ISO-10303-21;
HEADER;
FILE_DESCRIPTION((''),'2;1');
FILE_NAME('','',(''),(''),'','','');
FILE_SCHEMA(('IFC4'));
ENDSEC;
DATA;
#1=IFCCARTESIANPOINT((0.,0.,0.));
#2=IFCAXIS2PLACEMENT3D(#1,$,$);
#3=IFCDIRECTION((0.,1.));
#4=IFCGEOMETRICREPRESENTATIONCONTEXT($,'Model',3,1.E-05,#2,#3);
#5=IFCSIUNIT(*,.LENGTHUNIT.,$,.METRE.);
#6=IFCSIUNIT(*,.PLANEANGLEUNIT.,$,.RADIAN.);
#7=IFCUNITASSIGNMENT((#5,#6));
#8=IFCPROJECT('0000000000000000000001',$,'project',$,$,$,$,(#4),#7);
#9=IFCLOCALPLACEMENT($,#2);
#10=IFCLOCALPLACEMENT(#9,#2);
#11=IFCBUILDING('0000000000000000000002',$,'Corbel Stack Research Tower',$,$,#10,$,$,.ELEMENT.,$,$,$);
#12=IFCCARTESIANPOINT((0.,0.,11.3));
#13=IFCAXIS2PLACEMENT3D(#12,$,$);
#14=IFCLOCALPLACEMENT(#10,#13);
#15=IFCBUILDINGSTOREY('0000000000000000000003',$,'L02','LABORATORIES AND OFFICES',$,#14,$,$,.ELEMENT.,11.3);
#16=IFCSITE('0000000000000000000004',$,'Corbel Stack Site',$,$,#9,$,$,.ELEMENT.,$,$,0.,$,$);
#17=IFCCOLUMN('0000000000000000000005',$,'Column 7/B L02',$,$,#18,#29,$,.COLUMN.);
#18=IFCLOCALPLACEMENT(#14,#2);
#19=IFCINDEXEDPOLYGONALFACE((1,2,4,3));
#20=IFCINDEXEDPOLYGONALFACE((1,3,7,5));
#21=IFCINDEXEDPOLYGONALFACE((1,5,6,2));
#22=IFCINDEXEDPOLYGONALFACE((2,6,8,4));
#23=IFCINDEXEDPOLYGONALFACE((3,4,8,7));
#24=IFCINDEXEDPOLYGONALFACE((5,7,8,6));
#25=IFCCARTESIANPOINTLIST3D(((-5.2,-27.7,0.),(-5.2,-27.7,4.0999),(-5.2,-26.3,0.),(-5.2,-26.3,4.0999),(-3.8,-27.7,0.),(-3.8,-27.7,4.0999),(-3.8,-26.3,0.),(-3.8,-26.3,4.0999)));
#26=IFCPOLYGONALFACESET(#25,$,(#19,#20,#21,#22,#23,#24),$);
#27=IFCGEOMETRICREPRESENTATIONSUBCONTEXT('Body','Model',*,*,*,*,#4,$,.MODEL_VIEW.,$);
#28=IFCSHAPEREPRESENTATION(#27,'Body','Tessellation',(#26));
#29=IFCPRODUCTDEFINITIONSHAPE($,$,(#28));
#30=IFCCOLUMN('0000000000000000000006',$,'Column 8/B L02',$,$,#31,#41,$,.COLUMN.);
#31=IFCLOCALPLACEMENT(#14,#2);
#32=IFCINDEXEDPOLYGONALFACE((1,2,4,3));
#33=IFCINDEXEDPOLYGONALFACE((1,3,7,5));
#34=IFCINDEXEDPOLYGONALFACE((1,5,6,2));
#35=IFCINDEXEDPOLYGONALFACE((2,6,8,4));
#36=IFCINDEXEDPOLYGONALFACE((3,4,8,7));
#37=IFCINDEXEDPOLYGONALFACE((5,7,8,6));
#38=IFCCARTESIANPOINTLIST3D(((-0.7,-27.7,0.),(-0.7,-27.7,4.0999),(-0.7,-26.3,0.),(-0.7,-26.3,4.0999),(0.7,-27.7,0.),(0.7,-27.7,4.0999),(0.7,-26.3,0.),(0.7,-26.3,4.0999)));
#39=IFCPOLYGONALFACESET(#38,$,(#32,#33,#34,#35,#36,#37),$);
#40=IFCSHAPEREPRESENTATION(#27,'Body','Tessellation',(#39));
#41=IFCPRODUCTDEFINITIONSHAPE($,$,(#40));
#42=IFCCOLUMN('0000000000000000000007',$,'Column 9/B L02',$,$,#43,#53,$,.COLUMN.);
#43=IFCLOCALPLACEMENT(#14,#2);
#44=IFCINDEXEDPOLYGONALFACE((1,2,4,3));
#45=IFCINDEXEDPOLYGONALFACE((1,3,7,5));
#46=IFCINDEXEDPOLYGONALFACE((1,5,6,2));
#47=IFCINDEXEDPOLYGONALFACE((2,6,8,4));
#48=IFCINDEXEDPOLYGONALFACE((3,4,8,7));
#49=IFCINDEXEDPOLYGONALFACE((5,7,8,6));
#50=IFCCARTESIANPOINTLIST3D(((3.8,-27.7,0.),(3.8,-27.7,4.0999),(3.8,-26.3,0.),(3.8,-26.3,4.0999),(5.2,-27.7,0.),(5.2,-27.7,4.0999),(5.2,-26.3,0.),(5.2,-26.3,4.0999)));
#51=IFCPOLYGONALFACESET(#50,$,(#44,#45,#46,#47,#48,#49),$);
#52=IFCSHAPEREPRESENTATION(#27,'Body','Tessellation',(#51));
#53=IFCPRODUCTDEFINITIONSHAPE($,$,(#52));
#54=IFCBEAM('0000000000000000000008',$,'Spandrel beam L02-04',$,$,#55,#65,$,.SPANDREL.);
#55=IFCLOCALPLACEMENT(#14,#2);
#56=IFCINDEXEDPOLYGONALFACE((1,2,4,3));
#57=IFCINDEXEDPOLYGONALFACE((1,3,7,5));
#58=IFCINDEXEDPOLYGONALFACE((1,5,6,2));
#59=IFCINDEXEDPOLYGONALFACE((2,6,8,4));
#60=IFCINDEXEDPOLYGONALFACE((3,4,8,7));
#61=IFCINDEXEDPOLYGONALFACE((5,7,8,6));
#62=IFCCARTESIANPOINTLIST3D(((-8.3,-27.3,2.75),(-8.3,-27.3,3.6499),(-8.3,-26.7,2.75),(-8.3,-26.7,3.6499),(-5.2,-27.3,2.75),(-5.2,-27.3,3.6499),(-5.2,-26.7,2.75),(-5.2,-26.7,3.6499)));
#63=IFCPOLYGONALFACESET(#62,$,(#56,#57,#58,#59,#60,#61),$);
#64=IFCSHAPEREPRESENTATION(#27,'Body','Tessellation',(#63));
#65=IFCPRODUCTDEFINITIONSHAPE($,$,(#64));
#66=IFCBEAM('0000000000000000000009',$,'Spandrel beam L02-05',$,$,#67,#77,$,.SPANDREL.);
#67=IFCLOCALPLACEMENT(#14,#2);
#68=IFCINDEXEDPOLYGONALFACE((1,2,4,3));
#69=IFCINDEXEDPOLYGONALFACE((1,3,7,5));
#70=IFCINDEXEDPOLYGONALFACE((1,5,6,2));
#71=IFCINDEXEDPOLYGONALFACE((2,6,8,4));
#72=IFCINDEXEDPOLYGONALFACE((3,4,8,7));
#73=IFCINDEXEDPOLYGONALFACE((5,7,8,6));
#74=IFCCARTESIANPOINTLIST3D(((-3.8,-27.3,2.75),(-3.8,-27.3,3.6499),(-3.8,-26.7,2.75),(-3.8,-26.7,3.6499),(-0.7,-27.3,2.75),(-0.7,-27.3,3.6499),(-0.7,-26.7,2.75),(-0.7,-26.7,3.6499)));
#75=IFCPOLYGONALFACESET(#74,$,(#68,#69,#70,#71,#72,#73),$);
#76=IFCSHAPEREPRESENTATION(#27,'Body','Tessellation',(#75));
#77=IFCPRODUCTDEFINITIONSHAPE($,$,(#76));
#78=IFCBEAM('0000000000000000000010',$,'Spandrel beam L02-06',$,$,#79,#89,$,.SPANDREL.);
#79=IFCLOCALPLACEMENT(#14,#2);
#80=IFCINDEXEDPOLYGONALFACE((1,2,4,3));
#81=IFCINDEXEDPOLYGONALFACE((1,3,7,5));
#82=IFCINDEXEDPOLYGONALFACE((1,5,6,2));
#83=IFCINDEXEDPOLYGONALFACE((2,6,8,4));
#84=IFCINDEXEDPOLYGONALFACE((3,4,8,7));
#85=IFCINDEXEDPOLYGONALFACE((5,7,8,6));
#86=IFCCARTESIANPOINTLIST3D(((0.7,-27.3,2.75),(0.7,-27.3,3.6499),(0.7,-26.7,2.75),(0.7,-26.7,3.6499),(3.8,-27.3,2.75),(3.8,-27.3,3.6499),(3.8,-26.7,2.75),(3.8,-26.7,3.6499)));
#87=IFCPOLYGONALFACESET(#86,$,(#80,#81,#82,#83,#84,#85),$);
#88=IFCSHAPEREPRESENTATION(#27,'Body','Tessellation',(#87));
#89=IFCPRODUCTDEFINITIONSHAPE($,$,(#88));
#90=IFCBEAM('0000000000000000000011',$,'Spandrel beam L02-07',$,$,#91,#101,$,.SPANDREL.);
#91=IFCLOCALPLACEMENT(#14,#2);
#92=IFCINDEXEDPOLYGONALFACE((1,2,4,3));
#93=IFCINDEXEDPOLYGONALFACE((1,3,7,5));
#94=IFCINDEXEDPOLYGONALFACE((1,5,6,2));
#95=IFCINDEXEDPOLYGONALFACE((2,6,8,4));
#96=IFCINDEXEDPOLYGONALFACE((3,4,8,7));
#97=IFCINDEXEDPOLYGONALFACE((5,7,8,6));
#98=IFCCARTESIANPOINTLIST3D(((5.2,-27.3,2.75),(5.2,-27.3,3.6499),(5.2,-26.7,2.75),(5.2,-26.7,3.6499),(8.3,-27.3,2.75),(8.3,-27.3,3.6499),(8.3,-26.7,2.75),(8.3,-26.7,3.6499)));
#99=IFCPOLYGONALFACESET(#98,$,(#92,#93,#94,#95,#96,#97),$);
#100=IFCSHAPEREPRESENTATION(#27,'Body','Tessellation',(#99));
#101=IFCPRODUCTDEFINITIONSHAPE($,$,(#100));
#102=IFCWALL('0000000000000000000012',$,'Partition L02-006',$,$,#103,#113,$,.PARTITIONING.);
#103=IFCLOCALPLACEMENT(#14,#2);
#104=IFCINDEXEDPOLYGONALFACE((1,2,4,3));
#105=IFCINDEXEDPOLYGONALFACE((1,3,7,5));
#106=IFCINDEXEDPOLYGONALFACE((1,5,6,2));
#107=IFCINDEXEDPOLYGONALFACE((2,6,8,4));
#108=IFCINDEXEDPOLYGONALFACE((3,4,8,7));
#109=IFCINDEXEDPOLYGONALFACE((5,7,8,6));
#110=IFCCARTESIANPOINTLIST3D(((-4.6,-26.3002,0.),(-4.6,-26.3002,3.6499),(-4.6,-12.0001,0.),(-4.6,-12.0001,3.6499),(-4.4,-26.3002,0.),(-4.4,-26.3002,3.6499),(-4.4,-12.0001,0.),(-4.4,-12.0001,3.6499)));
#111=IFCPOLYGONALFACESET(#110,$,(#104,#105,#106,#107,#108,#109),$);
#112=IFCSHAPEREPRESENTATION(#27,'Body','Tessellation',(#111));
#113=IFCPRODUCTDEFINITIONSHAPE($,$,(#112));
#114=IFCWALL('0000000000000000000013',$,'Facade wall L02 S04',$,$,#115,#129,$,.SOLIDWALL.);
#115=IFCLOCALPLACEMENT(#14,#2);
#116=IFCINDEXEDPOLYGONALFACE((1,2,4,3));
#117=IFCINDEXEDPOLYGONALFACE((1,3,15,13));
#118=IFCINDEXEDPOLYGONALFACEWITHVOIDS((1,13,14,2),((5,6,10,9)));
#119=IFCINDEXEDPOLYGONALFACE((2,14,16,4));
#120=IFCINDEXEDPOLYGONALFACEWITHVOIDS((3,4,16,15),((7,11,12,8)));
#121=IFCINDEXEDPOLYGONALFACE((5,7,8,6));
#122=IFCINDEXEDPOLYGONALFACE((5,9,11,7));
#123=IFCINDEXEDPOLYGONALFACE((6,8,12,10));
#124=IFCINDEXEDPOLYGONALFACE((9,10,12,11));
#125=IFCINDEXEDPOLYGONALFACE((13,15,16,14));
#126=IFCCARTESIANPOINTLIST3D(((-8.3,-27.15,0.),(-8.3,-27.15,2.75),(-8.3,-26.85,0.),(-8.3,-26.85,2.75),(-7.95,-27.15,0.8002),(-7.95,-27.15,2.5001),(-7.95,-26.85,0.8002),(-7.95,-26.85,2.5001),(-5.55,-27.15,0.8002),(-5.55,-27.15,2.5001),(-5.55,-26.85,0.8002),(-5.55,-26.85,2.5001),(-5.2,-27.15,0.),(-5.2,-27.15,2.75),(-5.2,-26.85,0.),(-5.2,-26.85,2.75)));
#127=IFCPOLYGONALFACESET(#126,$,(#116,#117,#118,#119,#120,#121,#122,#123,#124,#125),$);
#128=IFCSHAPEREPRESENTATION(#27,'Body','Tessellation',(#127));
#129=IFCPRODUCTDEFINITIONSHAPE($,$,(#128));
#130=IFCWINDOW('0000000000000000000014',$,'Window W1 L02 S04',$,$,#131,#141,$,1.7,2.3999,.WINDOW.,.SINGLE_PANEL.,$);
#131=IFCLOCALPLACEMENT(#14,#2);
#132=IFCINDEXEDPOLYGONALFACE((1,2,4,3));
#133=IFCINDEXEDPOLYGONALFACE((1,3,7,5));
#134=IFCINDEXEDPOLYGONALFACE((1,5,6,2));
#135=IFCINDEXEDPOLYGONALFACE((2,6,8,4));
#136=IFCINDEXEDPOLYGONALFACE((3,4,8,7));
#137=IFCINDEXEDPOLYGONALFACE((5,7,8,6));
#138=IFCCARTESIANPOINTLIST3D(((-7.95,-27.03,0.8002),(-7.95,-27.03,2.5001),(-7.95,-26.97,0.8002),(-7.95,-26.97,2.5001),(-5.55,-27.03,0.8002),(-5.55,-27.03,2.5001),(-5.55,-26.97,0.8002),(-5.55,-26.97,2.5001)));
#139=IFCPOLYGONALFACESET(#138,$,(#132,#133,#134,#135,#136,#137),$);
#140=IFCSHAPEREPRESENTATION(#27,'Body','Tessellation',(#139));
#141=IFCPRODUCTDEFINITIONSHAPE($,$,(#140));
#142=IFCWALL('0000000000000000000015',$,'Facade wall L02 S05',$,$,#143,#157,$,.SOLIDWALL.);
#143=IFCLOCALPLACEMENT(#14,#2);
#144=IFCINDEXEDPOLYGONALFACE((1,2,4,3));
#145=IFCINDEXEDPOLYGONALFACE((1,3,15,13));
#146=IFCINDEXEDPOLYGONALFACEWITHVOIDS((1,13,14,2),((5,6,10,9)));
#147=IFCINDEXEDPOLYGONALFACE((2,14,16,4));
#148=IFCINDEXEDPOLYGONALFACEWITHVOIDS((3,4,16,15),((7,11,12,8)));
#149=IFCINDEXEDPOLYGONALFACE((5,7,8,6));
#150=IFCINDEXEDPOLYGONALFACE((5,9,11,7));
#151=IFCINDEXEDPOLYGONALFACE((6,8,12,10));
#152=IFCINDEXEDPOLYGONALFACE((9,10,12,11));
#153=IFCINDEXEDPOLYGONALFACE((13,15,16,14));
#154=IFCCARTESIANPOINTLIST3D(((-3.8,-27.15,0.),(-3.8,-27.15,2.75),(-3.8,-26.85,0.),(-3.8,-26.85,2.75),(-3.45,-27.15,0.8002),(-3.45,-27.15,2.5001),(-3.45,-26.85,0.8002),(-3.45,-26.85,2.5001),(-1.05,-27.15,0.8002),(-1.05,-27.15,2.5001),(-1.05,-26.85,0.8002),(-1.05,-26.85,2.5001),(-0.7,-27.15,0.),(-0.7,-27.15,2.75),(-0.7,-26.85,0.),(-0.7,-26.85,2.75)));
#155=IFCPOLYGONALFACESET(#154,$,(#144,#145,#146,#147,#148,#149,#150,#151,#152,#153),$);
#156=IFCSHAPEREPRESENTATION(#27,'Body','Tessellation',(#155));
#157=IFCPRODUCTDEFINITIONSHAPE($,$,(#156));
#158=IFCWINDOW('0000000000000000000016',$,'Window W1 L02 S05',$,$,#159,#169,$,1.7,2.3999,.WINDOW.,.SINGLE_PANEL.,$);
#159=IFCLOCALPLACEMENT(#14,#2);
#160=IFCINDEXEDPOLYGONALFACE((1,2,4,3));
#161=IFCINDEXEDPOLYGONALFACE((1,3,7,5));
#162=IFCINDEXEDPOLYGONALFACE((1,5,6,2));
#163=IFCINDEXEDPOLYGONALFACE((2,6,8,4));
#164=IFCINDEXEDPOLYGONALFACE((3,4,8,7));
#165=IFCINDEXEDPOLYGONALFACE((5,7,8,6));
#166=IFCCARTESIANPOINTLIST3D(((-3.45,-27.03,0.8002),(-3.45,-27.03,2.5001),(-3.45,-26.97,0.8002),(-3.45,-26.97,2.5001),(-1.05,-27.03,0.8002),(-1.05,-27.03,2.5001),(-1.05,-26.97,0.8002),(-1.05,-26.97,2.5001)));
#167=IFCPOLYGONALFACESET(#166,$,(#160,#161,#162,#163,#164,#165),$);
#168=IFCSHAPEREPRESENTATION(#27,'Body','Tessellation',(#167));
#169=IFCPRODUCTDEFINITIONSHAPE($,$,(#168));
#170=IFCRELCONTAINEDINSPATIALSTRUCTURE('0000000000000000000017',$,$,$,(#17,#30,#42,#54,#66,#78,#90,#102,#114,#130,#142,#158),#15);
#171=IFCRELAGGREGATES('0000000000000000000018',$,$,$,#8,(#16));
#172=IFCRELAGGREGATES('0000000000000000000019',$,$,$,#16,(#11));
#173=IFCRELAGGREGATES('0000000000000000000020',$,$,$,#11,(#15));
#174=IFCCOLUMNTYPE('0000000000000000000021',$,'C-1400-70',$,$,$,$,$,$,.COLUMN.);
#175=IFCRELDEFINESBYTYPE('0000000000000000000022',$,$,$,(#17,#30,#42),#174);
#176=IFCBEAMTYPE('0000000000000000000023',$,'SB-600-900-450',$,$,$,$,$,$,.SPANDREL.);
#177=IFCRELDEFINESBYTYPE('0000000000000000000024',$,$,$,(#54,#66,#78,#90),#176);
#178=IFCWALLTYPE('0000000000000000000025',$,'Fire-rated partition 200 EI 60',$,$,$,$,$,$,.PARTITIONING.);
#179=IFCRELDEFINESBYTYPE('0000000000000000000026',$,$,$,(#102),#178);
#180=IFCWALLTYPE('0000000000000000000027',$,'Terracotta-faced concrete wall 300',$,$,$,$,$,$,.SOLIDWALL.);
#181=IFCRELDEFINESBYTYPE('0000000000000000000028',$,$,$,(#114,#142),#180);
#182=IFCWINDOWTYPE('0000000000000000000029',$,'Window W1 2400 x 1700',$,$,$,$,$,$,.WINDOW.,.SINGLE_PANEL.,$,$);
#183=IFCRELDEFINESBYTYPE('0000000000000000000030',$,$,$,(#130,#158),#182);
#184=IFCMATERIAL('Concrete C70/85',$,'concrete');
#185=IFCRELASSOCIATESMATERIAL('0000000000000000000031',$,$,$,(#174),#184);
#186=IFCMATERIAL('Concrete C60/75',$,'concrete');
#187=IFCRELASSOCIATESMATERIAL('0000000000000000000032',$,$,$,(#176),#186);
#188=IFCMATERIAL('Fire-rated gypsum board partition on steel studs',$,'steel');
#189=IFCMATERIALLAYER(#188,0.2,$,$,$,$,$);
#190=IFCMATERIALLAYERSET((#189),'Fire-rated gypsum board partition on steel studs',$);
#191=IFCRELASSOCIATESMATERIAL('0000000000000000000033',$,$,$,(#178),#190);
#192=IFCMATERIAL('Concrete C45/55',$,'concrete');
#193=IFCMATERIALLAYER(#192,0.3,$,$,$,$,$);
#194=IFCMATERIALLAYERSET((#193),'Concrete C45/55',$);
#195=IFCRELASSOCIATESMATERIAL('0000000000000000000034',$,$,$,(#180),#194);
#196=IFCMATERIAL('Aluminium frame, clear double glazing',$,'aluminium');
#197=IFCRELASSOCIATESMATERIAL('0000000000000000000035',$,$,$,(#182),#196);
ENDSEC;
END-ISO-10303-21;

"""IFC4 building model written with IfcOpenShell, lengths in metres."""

from ifc_helpers import new_model, si_unit, direction, frame, frame_2d, origin, origin_2d, place, context, subcontext, project, spatial, rectangle, extrude, material, layer, layer_set, material_profile, profile_set, type_object, element, fill, save


model = new_model("IFC4")

# Units and contexts
model_context = context("Model", 3, precision=1e-05, world=origin(), true_north=direction((0.0, 1.0)))
body_context = subcontext(model_context, "Body", "Model", "MODEL_VIEW")
ifc_project = project(units=[si_unit("LENGTHUNIT", "METRE"), si_unit("PLANEANGLEUNIT", "RADIAN")], contexts=[model_context])

# Site, building, storey
site_placement = place(None, origin())
site = spatial("IfcSite", under=ifc_project, at=site_placement, Name="Corbel Stack Site", CompositionType="ELEMENT", RefElevation=0.0)
building_placement = place(site_placement, origin())
building = spatial("IfcBuilding", under=site, at=building_placement, Name="Corbel Stack Research Tower", CompositionType="ELEMENT")
storey_placement = place(building_placement, frame((0.0, 0.0, 11.3)))
storey = spatial("IfcBuildingStorey", under=building, at=storey_placement, Name="L02", Description="LABORATORIES AND OFFICES", CompositionType="ELEMENT", Elevation=11.3)

# Columns
ifc_material_1 = material(Name="Concrete C70/85", Category="concrete")
ifc_material_profile_1 = material_profile(ifc_material_1, rectangle(XDim=1.3999, YDim=1.3999, at=origin_2d()), Name="RC 1400 x 1400")
ifc_profile_set_1 = profile_set([ifc_material_profile_1], Name="Concrete C70/85")
column_type = type_object("IfcColumnType", Name="C-1400-70", PredefinedType="COLUMN", material=ifc_profile_set_1)
for number, where, z_axis, x_axis, name in (
    (1, (-4.5, -27.0, 0.0), (0.0, 0.0, 1.0), (1.0, 0.0, 0.0), "Column 7/B L02"),
    (2, (0.0, -27.0, 0.0), (0.0, 0.0, 1.0), (1.0, 0.0, 0.0), "Column 8/B L02"),
    (3, (4.5, -27.0, 0.0), (0.0, 0.0, 1.0), (1.0, 0.0, 0.0), "Column 9/B L02"),
):
    element("IfcColumn", number, at=place(storey_placement, frame(where, z_axis=z_axis, x_axis=x_axis)), inside=storey, type_object=column_type, Name=name, PredefinedType="COLUMN", context=body_context, shape_type="SweptSolid", body=[
        extrude(rectangle(XDim=1.3999, YDim=1.3999, at=origin_2d()), origin(), (0.0, 0.0, 1.0), 4.0999),
    ])

# Beams
ifc_material_2 = material(Name="Concrete C60/75", Category="concrete")
ifc_material_profile_2 = material_profile(ifc_material_2, rectangle(XDim=0.6001, YDim=0.8999, at=origin_2d()), Name="RC 600 x 900")
ifc_profile_set_2 = profile_set([ifc_material_profile_2], Name="Concrete C60/75")
beam_type = type_object("IfcBeamType", Name="SB-600-900-450", PredefinedType="SPANDREL", material=ifc_profile_set_2)
for number, where, z_axis, x_axis, name in (
    (4, (-8.3, -27.0, 3.2), (1.0, 0.0, 0.0), (0.0, 1.0, 0.0), "Spandrel beam L02-04"),
    (5, (-3.8, -27.0, 3.2), (1.0, 0.0, 0.0), (0.0, 1.0, 0.0), "Spandrel beam L02-05"),
    (6, (0.7, -27.0, 3.2), (1.0, 0.0, 0.0), (0.0, 1.0, 0.0), "Spandrel beam L02-06"),
    (7, (5.2, -27.0, 3.2), (1.0, 0.0, 0.0), (0.0, 1.0, 0.0), "Spandrel beam L02-07"),
):
    element("IfcBeam", number, at=place(storey_placement, frame(where, z_axis=z_axis, x_axis=x_axis)), inside=storey, type_object=beam_type, Name=name, PredefinedType="SPANDREL", context=body_context, shape_type="SweptSolid", body=[
        extrude(rectangle(XDim=0.6001, YDim=0.8999, at=origin_2d()), origin(), (0.0, 0.0, 1.0), 3.1001),
    ])

# Wall
ifc_material_3 = material(Name="Fire-rated gypsum board partition on steel studs", Category="steel")
ifc_layer_1 = layer(ifc_material_3, 0.2)
ifc_layer_set_1 = layer_set([ifc_layer_1], Name="Fire-rated gypsum board partition on steel studs")
wall_type_1 = type_object("IfcWallType", Name="Fire-rated partition 200 EI 60", PredefinedType="PARTITIONING", material=ifc_layer_set_1)
wall_1_placement = place(storey_placement, frame((-4.5, -26.3, 0.0), z_axis=(0.0, 0.0, 1.0), x_axis=(0.0, 1.0, 0.0)))
element("IfcWall", 8, at=wall_1_placement, inside=storey, type_object=wall_type_1, Name="Partition L02-006", PredefinedType="PARTITIONING", context=body_context, shape_type="SweptSolid", body=[
    extrude(rectangle(XDim=14.3, YDim=0.2, at=frame_2d((7.1499, 0.0))), origin(), (0.0, 0.0, 1.0), 3.6499),
])

# Walls, openings, windows
ifc_material_4 = material(Name="Concrete C45/55", Category="concrete")
ifc_layer_2 = layer(ifc_material_4, 0.3)
ifc_layer_set_2 = layer_set([ifc_layer_2], Name="Concrete C45/55")
wall_type_2 = type_object("IfcWallType", Name="Terracotta-faced concrete wall 300", PredefinedType="SOLIDWALL", material=ifc_layer_set_2)
wall_2_placement = place(storey_placement, frame((-5.2, -27.0, 0.0), z_axis=(0.0, 0.0, 1.0), x_axis=(-1.0, 0.0, 0.0)))
wall_2 = element("IfcWall", 9, at=wall_2_placement, inside=storey, type_object=wall_type_2, Name="Facade wall L02 S04", PredefinedType="SOLIDWALL", context=body_context, shape_type="SweptSolid", body=[
    extrude(rectangle(XDim=3.1001, YDim=0.3, at=frame_2d((1.55, 0.0))), origin(), (0.0, 0.0, 1.0), 2.75),
])
opening_1_placement = place(wall_2_placement, frame((0.3501, 0.0, 0.8)))
opening_1 = element("IfcOpeningElement", 10, at=opening_1_placement, cuts=wall_2, PredefinedType="OPENING", context=body_context, shape_type="SweptSolid", body=[
    extrude(rectangle(XDim=2.3999, YDim=1.7, at=frame_2d((1.2, 0.8501))), frame((0.0, 0.1599, 0.0), z_axis=(0.0, -1.0, 0.0), x_axis=(1.0, 0.0, 0.0)), (0.0, 0.0, 1.0), 0.3201),
])
ifc_material_5 = material(Name="Aluminium frame, clear double glazing", Category="aluminium")
window_type = type_object("IfcWindowType", Name="Window W1 2400 x 1700", PartitioningType="SINGLE_PANEL", PredefinedType="WINDOW", material=ifc_material_5)
window_1_placement = place(opening_1_placement, origin())
window_1 = element("IfcWindow", 11, at=window_1_placement, inside=storey, type_object=window_type, Name="Window W1 L02 S04", OverallHeight=1.7, OverallWidth=2.3999, PartitioningType="SINGLE_PANEL", PredefinedType="WINDOW", context=body_context, shape_type="SweptSolid", body=[
    extrude(rectangle(XDim=2.3999, YDim=1.7, at=frame_2d((1.2, 0.8501))), frame((0.0, 0.03, 0.0), z_axis=(0.0, -1.0, 0.0), x_axis=(1.0, 0.0, 0.0)), (0.0, 0.0, 1.0), 0.0601),
])
fill(opening_1, window_1)
wall_3_placement = place(storey_placement, frame((-0.7, -27.0, 0.0), z_axis=(0.0, 0.0, 1.0), x_axis=(-1.0, 0.0, 0.0)))
wall_3 = element("IfcWall", 12, at=wall_3_placement, inside=storey, type_object=wall_type_2, Name="Facade wall L02 S05", PredefinedType="SOLIDWALL", context=body_context, shape_type="SweptSolid", body=[
    extrude(rectangle(XDim=3.1001, YDim=0.3, at=frame_2d((1.55, 0.0))), origin(), (0.0, 0.0, 1.0), 2.75),
])
opening_2_placement = place(wall_3_placement, frame((0.3501, 0.0, 0.8)))
opening_2 = element("IfcOpeningElement", 13, at=opening_2_placement, cuts=wall_3, PredefinedType="OPENING", context=body_context, shape_type="SweptSolid", body=[
    extrude(rectangle(XDim=2.3999, YDim=1.7, at=frame_2d((1.2, 0.8501))), frame((0.0, 0.1599, 0.0), z_axis=(0.0, -1.0, 0.0), x_axis=(1.0, 0.0, 0.0)), (0.0, 0.0, 1.0), 0.3201),
])
window_2_placement = place(opening_2_placement, origin())
window_2 = element("IfcWindow", 14, at=window_2_placement, inside=storey, type_object=window_type, Name="Window W1 L02 S05", OverallHeight=1.7, OverallWidth=2.3999, PartitioningType="SINGLE_PANEL", PredefinedType="WINDOW", context=body_context, shape_type="SweptSolid", body=[
    extrude(rectangle(XDim=2.3999, YDim=1.7, at=frame_2d((1.2, 0.8501))), frame((0.0, 0.03, 0.0), z_axis=(0.0, -1.0, 0.0), x_axis=(1.0, 0.0, 0.0)), (0.0, 0.0, 1.0), 0.0601),
])
fill(opening_2, window_2)

save(model, "model.ifc")
